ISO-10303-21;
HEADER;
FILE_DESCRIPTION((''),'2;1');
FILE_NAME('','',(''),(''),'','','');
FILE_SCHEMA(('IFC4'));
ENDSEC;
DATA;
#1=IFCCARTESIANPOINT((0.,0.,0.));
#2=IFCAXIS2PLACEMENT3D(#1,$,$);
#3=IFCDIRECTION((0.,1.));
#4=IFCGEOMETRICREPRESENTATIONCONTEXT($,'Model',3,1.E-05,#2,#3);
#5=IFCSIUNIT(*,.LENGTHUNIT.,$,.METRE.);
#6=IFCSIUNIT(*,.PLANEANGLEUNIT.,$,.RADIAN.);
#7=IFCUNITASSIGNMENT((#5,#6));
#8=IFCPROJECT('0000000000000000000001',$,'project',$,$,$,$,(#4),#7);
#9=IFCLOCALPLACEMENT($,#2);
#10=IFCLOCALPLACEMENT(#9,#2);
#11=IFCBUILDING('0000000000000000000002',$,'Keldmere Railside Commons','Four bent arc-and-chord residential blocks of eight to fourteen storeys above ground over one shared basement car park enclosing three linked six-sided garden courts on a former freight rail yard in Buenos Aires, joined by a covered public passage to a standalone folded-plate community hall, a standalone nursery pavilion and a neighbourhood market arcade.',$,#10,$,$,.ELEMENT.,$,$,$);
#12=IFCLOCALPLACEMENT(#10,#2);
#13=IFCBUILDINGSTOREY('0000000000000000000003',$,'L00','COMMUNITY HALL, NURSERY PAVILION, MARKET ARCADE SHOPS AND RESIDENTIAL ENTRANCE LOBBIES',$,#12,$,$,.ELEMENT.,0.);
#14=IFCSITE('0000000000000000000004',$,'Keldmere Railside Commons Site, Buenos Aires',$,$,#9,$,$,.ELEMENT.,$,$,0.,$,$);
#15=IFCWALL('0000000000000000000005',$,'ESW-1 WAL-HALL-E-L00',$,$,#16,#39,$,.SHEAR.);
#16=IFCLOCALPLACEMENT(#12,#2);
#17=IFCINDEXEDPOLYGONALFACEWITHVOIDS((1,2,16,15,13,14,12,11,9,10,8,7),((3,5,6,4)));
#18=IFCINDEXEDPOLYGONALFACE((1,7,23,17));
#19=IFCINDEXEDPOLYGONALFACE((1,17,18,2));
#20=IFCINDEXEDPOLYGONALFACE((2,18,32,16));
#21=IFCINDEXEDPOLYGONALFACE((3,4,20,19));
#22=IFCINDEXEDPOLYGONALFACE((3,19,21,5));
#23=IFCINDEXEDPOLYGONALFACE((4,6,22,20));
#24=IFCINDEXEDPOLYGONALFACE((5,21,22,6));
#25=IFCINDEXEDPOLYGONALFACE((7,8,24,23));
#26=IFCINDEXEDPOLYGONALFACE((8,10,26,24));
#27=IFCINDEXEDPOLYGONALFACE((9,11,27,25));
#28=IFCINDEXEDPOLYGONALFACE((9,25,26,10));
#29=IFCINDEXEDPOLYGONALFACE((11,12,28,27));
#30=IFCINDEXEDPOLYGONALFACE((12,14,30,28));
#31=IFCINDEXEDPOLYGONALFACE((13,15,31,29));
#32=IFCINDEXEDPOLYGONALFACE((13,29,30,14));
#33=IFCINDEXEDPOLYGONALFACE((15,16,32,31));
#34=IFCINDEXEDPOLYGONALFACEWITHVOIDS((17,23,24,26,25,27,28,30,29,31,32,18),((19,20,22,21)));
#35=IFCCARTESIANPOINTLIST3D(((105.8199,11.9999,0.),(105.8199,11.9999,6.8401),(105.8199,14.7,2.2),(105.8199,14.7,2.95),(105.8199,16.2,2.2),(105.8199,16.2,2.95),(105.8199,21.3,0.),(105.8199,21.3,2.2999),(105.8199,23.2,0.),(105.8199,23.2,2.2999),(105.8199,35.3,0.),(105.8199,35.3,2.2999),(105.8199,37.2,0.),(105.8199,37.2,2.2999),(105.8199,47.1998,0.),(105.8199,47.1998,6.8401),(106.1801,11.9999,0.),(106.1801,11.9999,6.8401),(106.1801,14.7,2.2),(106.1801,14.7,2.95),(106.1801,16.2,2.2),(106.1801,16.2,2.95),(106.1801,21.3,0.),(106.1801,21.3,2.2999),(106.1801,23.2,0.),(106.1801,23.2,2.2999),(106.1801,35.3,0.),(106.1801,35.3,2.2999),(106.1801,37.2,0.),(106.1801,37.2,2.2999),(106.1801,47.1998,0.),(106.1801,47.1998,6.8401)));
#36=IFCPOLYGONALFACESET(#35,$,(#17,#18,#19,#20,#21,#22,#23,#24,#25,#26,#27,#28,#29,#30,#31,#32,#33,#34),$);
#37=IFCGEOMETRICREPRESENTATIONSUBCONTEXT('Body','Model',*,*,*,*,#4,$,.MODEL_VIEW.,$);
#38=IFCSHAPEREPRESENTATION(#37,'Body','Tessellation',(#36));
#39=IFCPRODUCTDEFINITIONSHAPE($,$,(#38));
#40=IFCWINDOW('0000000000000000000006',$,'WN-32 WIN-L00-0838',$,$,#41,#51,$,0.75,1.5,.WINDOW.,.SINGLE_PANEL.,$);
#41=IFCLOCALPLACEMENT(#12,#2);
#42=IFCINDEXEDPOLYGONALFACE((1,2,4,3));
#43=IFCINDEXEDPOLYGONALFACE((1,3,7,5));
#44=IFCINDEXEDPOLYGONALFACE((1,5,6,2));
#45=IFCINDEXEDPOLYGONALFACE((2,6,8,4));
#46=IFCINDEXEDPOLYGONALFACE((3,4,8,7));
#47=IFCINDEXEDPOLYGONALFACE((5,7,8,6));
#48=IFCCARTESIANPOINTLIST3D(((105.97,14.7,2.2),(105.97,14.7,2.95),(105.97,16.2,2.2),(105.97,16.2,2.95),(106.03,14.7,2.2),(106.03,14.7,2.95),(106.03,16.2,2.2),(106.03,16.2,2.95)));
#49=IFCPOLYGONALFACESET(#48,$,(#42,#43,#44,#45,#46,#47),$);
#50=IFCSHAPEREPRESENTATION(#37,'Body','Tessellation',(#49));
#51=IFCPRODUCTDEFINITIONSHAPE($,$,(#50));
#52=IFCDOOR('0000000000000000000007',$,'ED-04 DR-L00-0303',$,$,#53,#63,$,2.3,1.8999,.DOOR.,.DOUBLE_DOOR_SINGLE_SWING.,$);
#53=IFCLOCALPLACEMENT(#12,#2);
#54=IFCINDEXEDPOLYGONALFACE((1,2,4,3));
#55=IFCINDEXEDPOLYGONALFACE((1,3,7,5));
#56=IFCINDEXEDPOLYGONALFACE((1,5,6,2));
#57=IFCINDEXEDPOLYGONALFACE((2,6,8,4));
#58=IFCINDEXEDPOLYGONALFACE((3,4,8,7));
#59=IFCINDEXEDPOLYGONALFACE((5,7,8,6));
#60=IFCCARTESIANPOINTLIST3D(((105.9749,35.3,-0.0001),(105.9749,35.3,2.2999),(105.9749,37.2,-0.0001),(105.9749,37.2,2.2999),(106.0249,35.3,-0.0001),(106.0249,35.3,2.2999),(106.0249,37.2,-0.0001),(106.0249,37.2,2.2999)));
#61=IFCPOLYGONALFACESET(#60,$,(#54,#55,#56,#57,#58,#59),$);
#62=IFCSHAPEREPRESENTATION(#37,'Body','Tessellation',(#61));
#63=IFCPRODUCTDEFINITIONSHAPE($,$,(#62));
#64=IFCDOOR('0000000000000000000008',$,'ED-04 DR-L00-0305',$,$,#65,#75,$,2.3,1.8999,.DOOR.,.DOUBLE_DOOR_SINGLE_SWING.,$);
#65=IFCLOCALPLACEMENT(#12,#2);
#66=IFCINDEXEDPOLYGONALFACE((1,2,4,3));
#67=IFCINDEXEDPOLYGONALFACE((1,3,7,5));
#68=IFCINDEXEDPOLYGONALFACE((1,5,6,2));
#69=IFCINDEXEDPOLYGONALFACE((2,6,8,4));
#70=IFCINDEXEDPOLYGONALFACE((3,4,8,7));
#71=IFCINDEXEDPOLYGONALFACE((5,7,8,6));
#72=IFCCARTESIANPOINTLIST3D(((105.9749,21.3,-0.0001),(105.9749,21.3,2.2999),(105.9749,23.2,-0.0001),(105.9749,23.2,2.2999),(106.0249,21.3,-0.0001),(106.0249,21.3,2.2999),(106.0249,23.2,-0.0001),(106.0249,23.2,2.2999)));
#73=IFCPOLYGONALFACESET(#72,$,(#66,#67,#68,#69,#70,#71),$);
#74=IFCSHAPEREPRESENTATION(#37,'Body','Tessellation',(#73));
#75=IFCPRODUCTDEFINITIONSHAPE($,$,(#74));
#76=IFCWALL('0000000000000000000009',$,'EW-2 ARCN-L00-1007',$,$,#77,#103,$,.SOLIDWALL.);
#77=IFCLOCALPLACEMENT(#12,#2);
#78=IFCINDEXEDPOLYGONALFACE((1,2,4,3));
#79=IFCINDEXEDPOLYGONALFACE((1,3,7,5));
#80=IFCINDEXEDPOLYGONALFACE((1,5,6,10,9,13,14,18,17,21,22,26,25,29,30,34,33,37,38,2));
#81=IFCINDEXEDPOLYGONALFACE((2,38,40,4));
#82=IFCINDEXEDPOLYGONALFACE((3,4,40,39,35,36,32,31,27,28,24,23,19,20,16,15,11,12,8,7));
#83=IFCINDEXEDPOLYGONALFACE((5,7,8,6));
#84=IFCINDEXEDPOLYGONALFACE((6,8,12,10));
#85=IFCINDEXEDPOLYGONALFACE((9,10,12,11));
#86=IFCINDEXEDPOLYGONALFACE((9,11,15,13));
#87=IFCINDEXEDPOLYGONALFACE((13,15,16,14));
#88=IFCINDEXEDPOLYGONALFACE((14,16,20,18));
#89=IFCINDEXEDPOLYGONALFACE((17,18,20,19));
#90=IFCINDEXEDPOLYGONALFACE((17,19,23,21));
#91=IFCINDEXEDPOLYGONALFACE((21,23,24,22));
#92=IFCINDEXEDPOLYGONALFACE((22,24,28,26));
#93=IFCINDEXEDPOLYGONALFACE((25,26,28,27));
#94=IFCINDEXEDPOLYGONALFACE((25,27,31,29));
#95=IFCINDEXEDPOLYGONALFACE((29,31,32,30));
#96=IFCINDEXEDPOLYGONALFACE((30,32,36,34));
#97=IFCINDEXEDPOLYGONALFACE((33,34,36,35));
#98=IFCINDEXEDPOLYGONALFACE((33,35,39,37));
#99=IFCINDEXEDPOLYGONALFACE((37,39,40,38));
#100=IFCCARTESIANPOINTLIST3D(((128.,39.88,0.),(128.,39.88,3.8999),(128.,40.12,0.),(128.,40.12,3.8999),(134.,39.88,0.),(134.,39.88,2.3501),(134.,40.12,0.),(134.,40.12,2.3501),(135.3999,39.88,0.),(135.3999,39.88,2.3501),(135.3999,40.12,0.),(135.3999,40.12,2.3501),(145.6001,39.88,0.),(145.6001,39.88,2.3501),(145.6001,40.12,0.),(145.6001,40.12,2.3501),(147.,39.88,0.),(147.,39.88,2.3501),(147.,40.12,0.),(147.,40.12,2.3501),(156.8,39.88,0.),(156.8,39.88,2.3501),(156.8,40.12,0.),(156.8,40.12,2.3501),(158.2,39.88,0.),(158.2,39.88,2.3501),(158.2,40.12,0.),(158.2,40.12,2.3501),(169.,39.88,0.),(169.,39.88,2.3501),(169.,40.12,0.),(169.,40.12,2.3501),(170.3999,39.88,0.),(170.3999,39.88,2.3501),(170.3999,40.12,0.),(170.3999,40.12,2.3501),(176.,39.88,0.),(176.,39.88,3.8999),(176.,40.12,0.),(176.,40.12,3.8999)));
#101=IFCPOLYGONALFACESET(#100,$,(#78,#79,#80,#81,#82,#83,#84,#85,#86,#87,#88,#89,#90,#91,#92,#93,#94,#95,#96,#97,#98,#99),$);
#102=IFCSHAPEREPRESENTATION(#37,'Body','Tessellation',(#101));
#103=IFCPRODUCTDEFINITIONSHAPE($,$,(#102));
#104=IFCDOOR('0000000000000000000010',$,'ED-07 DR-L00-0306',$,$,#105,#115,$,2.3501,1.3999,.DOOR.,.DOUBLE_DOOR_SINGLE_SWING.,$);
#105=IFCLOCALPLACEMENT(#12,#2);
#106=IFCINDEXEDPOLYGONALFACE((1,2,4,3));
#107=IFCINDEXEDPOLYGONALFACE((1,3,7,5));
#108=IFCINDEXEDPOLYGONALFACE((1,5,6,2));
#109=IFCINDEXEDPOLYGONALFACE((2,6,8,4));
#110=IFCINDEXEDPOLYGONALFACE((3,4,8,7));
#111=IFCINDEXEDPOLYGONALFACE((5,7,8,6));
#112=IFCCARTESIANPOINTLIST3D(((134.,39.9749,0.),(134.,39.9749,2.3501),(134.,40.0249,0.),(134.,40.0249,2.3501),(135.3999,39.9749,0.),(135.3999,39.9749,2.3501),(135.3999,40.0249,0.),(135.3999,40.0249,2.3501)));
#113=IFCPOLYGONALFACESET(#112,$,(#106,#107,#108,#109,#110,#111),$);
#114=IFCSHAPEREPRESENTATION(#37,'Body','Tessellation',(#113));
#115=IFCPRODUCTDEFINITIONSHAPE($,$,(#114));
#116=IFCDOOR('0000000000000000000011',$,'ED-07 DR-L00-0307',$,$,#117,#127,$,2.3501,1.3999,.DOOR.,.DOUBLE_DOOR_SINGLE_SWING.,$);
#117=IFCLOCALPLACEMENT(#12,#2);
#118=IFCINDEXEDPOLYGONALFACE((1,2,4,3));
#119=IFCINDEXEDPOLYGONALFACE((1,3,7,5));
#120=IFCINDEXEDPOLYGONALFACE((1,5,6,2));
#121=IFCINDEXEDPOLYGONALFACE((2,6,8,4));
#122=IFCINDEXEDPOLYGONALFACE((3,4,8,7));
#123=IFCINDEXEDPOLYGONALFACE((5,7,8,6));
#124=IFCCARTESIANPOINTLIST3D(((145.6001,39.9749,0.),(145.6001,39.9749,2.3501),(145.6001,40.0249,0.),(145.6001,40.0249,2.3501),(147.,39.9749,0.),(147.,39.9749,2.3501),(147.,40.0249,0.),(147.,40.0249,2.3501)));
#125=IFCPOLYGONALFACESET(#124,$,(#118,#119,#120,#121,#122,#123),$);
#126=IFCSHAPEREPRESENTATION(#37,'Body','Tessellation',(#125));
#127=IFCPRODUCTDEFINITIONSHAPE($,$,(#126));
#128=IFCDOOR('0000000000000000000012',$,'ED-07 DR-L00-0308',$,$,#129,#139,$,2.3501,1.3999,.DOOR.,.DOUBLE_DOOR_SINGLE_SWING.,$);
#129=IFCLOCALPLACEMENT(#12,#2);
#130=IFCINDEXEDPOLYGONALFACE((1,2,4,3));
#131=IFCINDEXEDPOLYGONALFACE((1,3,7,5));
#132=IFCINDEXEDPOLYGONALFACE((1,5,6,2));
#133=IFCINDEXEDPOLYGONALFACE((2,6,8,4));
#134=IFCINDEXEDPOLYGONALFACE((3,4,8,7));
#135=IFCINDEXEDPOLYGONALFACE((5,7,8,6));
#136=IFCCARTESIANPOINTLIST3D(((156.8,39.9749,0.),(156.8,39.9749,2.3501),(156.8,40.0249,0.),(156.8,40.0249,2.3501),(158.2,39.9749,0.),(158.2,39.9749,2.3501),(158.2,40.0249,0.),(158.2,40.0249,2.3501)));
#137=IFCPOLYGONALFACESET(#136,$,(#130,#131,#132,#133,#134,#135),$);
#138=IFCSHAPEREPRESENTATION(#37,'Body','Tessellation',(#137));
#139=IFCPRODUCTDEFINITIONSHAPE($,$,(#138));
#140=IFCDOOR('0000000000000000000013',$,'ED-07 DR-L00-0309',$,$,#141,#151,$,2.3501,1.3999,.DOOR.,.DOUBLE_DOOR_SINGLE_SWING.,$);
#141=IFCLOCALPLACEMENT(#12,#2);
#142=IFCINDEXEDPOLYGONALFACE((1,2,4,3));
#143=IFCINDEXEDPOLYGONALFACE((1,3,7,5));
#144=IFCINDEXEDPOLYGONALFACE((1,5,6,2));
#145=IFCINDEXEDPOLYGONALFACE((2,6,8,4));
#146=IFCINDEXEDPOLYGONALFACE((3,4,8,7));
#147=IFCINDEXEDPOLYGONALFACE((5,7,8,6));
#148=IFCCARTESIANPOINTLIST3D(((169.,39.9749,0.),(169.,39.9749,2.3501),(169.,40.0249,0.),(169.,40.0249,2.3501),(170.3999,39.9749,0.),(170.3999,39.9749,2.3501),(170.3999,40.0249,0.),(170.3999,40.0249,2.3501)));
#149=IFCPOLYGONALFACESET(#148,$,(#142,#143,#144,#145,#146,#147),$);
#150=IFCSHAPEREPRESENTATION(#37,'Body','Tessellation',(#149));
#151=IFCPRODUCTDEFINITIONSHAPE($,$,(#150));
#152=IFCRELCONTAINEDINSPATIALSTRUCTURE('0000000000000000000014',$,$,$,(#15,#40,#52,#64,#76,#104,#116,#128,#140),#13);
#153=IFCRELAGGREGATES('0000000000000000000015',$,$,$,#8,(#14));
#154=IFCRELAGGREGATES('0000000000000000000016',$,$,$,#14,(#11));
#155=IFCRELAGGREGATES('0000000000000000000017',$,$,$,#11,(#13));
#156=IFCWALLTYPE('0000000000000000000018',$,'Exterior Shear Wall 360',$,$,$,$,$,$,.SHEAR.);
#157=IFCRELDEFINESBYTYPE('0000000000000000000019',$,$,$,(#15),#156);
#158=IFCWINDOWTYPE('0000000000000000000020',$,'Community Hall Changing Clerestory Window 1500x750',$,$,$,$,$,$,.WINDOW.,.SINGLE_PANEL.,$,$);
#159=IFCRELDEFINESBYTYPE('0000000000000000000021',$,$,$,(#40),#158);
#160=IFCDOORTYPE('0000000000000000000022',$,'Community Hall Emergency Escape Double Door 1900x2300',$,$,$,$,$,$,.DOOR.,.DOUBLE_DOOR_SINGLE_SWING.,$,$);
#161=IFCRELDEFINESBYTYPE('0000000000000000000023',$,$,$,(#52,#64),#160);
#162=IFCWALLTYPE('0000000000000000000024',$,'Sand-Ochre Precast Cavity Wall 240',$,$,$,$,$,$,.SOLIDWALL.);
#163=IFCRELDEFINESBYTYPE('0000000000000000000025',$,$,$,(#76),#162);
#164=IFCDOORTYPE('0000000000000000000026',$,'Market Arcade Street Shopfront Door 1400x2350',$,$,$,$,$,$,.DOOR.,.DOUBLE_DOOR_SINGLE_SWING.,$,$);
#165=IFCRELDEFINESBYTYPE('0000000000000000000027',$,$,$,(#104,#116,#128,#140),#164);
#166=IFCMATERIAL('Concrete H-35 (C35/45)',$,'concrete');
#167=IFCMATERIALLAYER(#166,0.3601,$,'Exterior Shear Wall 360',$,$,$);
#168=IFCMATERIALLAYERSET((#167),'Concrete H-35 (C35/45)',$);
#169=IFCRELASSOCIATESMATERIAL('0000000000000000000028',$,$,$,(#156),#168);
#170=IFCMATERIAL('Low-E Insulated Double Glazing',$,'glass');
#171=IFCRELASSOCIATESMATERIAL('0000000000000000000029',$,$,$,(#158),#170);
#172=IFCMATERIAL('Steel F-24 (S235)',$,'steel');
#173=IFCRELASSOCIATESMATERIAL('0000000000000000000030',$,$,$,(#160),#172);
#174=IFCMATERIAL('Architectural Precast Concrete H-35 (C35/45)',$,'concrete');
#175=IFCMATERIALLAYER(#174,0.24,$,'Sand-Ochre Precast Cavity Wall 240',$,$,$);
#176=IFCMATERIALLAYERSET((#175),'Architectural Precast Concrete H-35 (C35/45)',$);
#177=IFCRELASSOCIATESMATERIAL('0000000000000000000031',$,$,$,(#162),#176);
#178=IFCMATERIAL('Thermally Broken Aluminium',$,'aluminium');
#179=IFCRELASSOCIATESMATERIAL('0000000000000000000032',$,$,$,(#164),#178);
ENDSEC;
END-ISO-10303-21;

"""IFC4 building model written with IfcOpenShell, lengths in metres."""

from ifc_helpers import new_model, si_unit, direction, frame, frame_2d, origin, place, context, subcontext, project, spatial, rectangle, extrude, material, layer, layer_set, type_object, element, fill, save


model = new_model("IFC4")

# Units and contexts
model_context = context("Model", 3, precision=1e-05, world=origin(), true_north=direction((0.0, 1.0)))
body_context = subcontext(model_context, "Body", "Model", "MODEL_VIEW")
ifc_project = project(units=[si_unit("LENGTHUNIT", "METRE"), si_unit("PLANEANGLEUNIT", "RADIAN")], contexts=[model_context])

# Site, building, storey
site_placement = place(None, origin())
site = spatial("IfcSite", under=ifc_project, at=site_placement, Name="Keldmere Railside Commons Site, Buenos Aires", CompositionType="ELEMENT", RefElevation=0.0)
building_placement = place(site_placement, origin())
building = spatial("IfcBuilding", under=site, at=building_placement, Name="Keldmere Railside Commons", Description="Four bent arc-and-chord residential blocks of eight to fourteen storeys above ground over one shared basement car park enclosing three linked six-sided garden courts on a former freight rail yard in Buenos Aires, joined by a covered public passage to a standalone folded-plate community hall, a standalone nursery pavilion and a neighbourhood market arcade.", CompositionType="ELEMENT")
storey_placement = place(building_placement, origin())
storey = spatial("IfcBuildingStorey", under=building, at=storey_placement, Name="L00", Description="COMMUNITY HALL, NURSERY PAVILION, MARKET ARCADE SHOPS AND RESIDENTIAL ENTRANCE LOBBIES", CompositionType="ELEMENT", Elevation=0.0)

# Shared definitions
ifc_material_1 = material(Name="Concrete H-35 (C35/45)", Category="concrete")

# Shared definitions
ifc_material_2 = material(Name="Thermally Broken Aluminium", Category="aluminium")

# Shared definitions
ifc_material_3 = material(Name="Steel F-24 (S235)", Category="steel")

# Wall, openings, window, doors
ifc_layer_1 = layer(ifc_material_1, 0.3601, Name="Exterior Shear Wall 360")
ifc_layer_set_1 = layer_set([ifc_layer_1], Name="Concrete H-35 (C35/45)")
wall_type_1 = type_object("IfcWallType", Name="Exterior Shear Wall 360", PredefinedType="SHEAR", material=ifc_layer_set_1)
wall_1_placement = place(storey_placement, frame((106.0, 47.2, 0.0), z_axis=(0.0, 0.0, 1.0), x_axis=(0.0, -1.0, 0.0)))
wall_1 = element("IfcWall", 1, at=wall_1_placement, inside=storey, type_object=wall_type_1, Name="ESW-1 WAL-HALL-E-L00", PredefinedType="SHEAR", context=body_context, shape_type="SweptSolid", body=[
    extrude(rectangle(XDim=35.2, YDim=0.3601, at=frame_2d((17.6001, 0.0))), origin(), (0.0, 0.0, 1.0), 6.8401),
])
opening_1_placement = place(wall_1_placement, frame((10.0, 0.0, 0.0)))
opening_1 = element("IfcOpeningElement", 2, at=opening_1_placement, cuts=wall_1, PredefinedType="OPENING", context=body_context, shape_type="SweptSolid", body=[
    extrude(rectangle(XDim=1.8999, YDim=2.3, at=frame_2d((0.95, 1.1499))), frame((0.0, 0.1899, 0.0), z_axis=(0.0, -1.0, 0.0), x_axis=(1.0, 0.0, 0.0)), (0.0, 0.0, 1.0), 0.3801),
])
opening_2_placement = place(wall_1_placement, frame((24.0, 0.0, 0.0)))
opening_2 = element("IfcOpeningElement", 3, at=opening_2_placement, cuts=wall_1, PredefinedType="OPENING", context=body_context, shape_type="SweptSolid", body=[
    extrude(rectangle(XDim=1.8999, YDim=2.3, at=frame_2d((0.95, 1.1499))), frame((0.0, 0.1899, 0.0), z_axis=(0.0, -1.0, 0.0), x_axis=(1.0, 0.0, 0.0)), (0.0, 0.0, 1.0), 0.3801),
])
opening_3_placement = place(wall_1_placement, frame((31.0, 0.0, 2.2)))
opening_3 = element("IfcOpeningElement", 4, at=opening_3_placement, cuts=wall_1, PredefinedType="OPENING", context=body_context, shape_type="SweptSolid", body=[
    extrude(rectangle(XDim=1.5, YDim=0.75, at=frame_2d((0.75, 0.375))), frame((0.0, 0.1899, 0.0), z_axis=(0.0, -1.0, 0.0), x_axis=(1.0, 0.0, 0.0)), (0.0, 0.0, 1.0), 0.3801),
])
ifc_material_4 = material(Name="Low-E Insulated Double Glazing", Category="glass")
window_type = type_object("IfcWindowType", Name="Community Hall Changing Clerestory Window 1500x750", PartitioningType="SINGLE_PANEL", PredefinedType="WINDOW", material=ifc_material_4)
window_placement = place(opening_3_placement, origin())
window = element("IfcWindow", 5, at=window_placement, inside=storey, type_object=window_type, Name="WN-32 WIN-L00-0838", OverallHeight=0.75, OverallWidth=1.5, PartitioningType="SINGLE_PANEL", PredefinedType="WINDOW", context=body_context, shape_type="SweptSolid", body=[
    extrude(rectangle(XDim=1.5, YDim=0.75, at=frame_2d((0.75, 0.375))), frame((0.0, 0.03, 0.0), z_axis=(0.0, -1.0, 0.0), x_axis=(1.0, 0.0, 0.0)), (0.0, 0.0, 1.0), 0.0601),
])
fill(opening_3, window)
door_type_1 = type_object("IfcDoorType", Name="Community Hall Emergency Escape Double Door 1900x2300", OperationType="DOUBLE_DOOR_SINGLE_SWING", PredefinedType="DOOR", material=ifc_material_3)
door_1_placement = place(opening_1_placement, origin())
door_1 = element("IfcDoor", 6, at=door_1_placement, inside=storey, type_object=door_type_1, Name="ED-04 DR-L00-0303", OperationType="DOUBLE_DOOR_SINGLE_SWING", OverallHeight=2.3, OverallWidth=1.8999, PredefinedType="DOOR", context=body_context, shape_type="SweptSolid", body=[
    extrude(rectangle(XDim=1.8999, YDim=2.3, at=frame_2d((0.95, 1.1499))), frame((0.0, 0.0249, 0.0), z_axis=(0.0, -1.0, 0.0), x_axis=(1.0, 0.0, 0.0)), (0.0, 0.0, 1.0), 0.05),
])
fill(opening_1, door_1)
door_2_placement = place(opening_2_placement, origin())
door_2 = element("IfcDoor", 7, at=door_2_placement, inside=storey, type_object=door_type_1, Name="ED-04 DR-L00-0305", OperationType="DOUBLE_DOOR_SINGLE_SWING", OverallHeight=2.3, OverallWidth=1.8999, PredefinedType="DOOR", context=body_context, shape_type="SweptSolid", body=[
    extrude(rectangle(XDim=1.8999, YDim=2.3, at=frame_2d((0.95, 1.1499))), frame((0.0, 0.0249, 0.0), z_axis=(0.0, -1.0, 0.0), x_axis=(1.0, 0.0, 0.0)), (0.0, 0.0, 1.0), 0.05),
])
fill(opening_2, door_2)

# Wall, openings, doors
ifc_material_5 = material(Name="Architectural Precast Concrete H-35 (C35/45)", Category="concrete")
ifc_layer_2 = layer(ifc_material_5, 0.24, Name="Sand-Ochre Precast Cavity Wall 240")
ifc_layer_set_2 = layer_set([ifc_layer_2], Name="Architectural Precast Concrete H-35 (C35/45)")
wall_type_2 = type_object("IfcWallType", Name="Sand-Ochre Precast Cavity Wall 240", PredefinedType="SOLIDWALL", material=ifc_layer_set_2)
wall_2_placement = place(storey_placement, frame((128.0, 40.0, 0.0), z_axis=(0.0, 0.0, 1.0), x_axis=(1.0, 0.0, 0.0)))
wall_2 = element("IfcWall", 8, at=wall_2_placement, inside=storey, type_object=wall_type_2, Name="EW-2 ARCN-L00-1007", PredefinedType="SOLIDWALL", context=body_context, shape_type="SweptSolid", body=[
    extrude(rectangle(XDim=48.0, YDim=0.24, at=frame_2d((24.0, 0.0))), origin(), (0.0, 0.0, 1.0), 3.8999),
])
opening_4_placement = place(wall_2_placement, frame((6.0, 0.0, 0.0)))
opening_4 = element("IfcOpeningElement", 9, at=opening_4_placement, cuts=wall_2, PredefinedType="OPENING", context=body_context, shape_type="SweptSolid", body=[
    extrude(rectangle(XDim=1.3999, YDim=2.3501, at=frame_2d((0.7, 1.175))), frame((0.0, 0.1299, 0.0), z_axis=(0.0, -1.0, 0.0), x_axis=(1.0, 0.0, 0.0)), (0.0, 0.0, 1.0), 0.26),
])
opening_5_placement = place(wall_2_placement, frame((17.6001, 0.0, 0.0)))
opening_5 = element("IfcOpeningElement", 10, at=opening_5_placement, cuts=wall_2, PredefinedType="OPENING", context=body_context, shape_type="SweptSolid", body=[
    extrude(rectangle(XDim=1.3999, YDim=2.3501, at=frame_2d((0.7, 1.175))), frame((0.0, 0.1299, 0.0), z_axis=(0.0, -1.0, 0.0), x_axis=(1.0, 0.0, 0.0)), (0.0, 0.0, 1.0), 0.26),
])
opening_6_placement = place(wall_2_placement, frame((28.8, 0.0, 0.0)))
opening_6 = element("IfcOpeningElement", 11, at=opening_6_placement, cuts=wall_2, PredefinedType="OPENING", context=body_context, shape_type="SweptSolid", body=[
    extrude(rectangle(XDim=1.3999, YDim=2.3501, at=frame_2d((0.7, 1.175))), frame((0.0, 0.1299, 0.0), z_axis=(0.0, -1.0, 0.0), x_axis=(1.0, 0.0, 0.0)), (0.0, 0.0, 1.0), 0.26),
])
opening_7_placement = place(wall_2_placement, frame((41.0, 0.0, 0.0)))
opening_7 = element("IfcOpeningElement", 12, at=opening_7_placement, cuts=wall_2, PredefinedType="OPENING", context=body_context, shape_type="SweptSolid", body=[
    extrude(rectangle(XDim=1.3999, YDim=2.3501, at=frame_2d((0.7, 1.175))), frame((0.0, 0.1299, 0.0), z_axis=(0.0, -1.0, 0.0), x_axis=(1.0, 0.0, 0.0)), (0.0, 0.0, 1.0), 0.26),
])
door_type_2 = type_object("IfcDoorType", Name="Market Arcade Street Shopfront Door 1400x2350", OperationType="DOUBLE_DOOR_SINGLE_SWING", PredefinedType="DOOR", material=ifc_material_2)
door_3_placement = place(opening_4_placement, origin())
door_3 = element("IfcDoor", 13, at=door_3_placement, inside=storey, type_object=door_type_2, Name="ED-07 DR-L00-0306", OperationType="DOUBLE_DOOR_SINGLE_SWING", OverallHeight=2.3501, OverallWidth=1.3999, PredefinedType="DOOR", context=body_context, shape_type="SweptSolid", body=[
    extrude(rectangle(XDim=1.3999, YDim=2.3501, at=frame_2d((0.7, 1.175))), frame((0.0, 0.0249, 0.0), z_axis=(0.0, -1.0, 0.0), x_axis=(1.0, 0.0, 0.0)), (0.0, 0.0, 1.0), 0.05),
])
fill(opening_4, door_3)
door_4_placement = place(opening_5_placement, origin())
door_4 = element("IfcDoor", 14, at=door_4_placement, inside=storey, type_object=door_type_2, Name="ED-07 DR-L00-0307", OperationType="DOUBLE_DOOR_SINGLE_SWING", OverallHeight=2.3501, OverallWidth=1.3999, PredefinedType="DOOR", context=body_context, shape_type="SweptSolid", body=[
    extrude(rectangle(XDim=1.3999, YDim=2.3501, at=frame_2d((0.7, 1.175))), frame((0.0, 0.0249, 0.0), z_axis=(0.0, -1.0, 0.0), x_axis=(1.0, 0.0, 0.0)), (0.0, 0.0, 1.0), 0.05),
])
fill(opening_5, door_4)
door_5_placement = place(opening_6_placement, origin())
door_5 = element("IfcDoor", 15, at=door_5_placement, inside=storey, type_object=door_type_2, Name="ED-07 DR-L00-0308", OperationType="DOUBLE_DOOR_SINGLE_SWING", OverallHeight=2.3501, OverallWidth=1.3999, PredefinedType="DOOR", context=body_context, shape_type="SweptSolid", body=[
    extrude(rectangle(XDim=1.3999, YDim=2.3501, at=frame_2d((0.7, 1.175))), frame((0.0, 0.0249, 0.0), z_axis=(0.0, -1.0, 0.0), x_axis=(1.0, 0.0, 0.0)), (0.0, 0.0, 1.0), 0.05),
])
fill(opening_6, door_5)
door_6_placement = place(opening_7_placement, origin())
door_6 = element("IfcDoor", 16, at=door_6_placement, inside=storey, type_object=door_type_2, Name="ED-07 DR-L00-0309", OperationType="DOUBLE_DOOR_SINGLE_SWING", OverallHeight=2.3501, OverallWidth=1.3999, PredefinedType="DOOR", context=body_context, shape_type="SweptSolid", body=[
    extrude(rectangle(XDim=1.3999, YDim=2.3501, at=frame_2d((0.7, 1.175))), frame((0.0, 0.0249, 0.0), z_axis=(0.0, -1.0, 0.0), x_axis=(1.0, 0.0, 0.0)), (0.0, 0.0, 1.0), 0.05),
])
fill(opening_7, door_6)

save(model, "model.ifc")
